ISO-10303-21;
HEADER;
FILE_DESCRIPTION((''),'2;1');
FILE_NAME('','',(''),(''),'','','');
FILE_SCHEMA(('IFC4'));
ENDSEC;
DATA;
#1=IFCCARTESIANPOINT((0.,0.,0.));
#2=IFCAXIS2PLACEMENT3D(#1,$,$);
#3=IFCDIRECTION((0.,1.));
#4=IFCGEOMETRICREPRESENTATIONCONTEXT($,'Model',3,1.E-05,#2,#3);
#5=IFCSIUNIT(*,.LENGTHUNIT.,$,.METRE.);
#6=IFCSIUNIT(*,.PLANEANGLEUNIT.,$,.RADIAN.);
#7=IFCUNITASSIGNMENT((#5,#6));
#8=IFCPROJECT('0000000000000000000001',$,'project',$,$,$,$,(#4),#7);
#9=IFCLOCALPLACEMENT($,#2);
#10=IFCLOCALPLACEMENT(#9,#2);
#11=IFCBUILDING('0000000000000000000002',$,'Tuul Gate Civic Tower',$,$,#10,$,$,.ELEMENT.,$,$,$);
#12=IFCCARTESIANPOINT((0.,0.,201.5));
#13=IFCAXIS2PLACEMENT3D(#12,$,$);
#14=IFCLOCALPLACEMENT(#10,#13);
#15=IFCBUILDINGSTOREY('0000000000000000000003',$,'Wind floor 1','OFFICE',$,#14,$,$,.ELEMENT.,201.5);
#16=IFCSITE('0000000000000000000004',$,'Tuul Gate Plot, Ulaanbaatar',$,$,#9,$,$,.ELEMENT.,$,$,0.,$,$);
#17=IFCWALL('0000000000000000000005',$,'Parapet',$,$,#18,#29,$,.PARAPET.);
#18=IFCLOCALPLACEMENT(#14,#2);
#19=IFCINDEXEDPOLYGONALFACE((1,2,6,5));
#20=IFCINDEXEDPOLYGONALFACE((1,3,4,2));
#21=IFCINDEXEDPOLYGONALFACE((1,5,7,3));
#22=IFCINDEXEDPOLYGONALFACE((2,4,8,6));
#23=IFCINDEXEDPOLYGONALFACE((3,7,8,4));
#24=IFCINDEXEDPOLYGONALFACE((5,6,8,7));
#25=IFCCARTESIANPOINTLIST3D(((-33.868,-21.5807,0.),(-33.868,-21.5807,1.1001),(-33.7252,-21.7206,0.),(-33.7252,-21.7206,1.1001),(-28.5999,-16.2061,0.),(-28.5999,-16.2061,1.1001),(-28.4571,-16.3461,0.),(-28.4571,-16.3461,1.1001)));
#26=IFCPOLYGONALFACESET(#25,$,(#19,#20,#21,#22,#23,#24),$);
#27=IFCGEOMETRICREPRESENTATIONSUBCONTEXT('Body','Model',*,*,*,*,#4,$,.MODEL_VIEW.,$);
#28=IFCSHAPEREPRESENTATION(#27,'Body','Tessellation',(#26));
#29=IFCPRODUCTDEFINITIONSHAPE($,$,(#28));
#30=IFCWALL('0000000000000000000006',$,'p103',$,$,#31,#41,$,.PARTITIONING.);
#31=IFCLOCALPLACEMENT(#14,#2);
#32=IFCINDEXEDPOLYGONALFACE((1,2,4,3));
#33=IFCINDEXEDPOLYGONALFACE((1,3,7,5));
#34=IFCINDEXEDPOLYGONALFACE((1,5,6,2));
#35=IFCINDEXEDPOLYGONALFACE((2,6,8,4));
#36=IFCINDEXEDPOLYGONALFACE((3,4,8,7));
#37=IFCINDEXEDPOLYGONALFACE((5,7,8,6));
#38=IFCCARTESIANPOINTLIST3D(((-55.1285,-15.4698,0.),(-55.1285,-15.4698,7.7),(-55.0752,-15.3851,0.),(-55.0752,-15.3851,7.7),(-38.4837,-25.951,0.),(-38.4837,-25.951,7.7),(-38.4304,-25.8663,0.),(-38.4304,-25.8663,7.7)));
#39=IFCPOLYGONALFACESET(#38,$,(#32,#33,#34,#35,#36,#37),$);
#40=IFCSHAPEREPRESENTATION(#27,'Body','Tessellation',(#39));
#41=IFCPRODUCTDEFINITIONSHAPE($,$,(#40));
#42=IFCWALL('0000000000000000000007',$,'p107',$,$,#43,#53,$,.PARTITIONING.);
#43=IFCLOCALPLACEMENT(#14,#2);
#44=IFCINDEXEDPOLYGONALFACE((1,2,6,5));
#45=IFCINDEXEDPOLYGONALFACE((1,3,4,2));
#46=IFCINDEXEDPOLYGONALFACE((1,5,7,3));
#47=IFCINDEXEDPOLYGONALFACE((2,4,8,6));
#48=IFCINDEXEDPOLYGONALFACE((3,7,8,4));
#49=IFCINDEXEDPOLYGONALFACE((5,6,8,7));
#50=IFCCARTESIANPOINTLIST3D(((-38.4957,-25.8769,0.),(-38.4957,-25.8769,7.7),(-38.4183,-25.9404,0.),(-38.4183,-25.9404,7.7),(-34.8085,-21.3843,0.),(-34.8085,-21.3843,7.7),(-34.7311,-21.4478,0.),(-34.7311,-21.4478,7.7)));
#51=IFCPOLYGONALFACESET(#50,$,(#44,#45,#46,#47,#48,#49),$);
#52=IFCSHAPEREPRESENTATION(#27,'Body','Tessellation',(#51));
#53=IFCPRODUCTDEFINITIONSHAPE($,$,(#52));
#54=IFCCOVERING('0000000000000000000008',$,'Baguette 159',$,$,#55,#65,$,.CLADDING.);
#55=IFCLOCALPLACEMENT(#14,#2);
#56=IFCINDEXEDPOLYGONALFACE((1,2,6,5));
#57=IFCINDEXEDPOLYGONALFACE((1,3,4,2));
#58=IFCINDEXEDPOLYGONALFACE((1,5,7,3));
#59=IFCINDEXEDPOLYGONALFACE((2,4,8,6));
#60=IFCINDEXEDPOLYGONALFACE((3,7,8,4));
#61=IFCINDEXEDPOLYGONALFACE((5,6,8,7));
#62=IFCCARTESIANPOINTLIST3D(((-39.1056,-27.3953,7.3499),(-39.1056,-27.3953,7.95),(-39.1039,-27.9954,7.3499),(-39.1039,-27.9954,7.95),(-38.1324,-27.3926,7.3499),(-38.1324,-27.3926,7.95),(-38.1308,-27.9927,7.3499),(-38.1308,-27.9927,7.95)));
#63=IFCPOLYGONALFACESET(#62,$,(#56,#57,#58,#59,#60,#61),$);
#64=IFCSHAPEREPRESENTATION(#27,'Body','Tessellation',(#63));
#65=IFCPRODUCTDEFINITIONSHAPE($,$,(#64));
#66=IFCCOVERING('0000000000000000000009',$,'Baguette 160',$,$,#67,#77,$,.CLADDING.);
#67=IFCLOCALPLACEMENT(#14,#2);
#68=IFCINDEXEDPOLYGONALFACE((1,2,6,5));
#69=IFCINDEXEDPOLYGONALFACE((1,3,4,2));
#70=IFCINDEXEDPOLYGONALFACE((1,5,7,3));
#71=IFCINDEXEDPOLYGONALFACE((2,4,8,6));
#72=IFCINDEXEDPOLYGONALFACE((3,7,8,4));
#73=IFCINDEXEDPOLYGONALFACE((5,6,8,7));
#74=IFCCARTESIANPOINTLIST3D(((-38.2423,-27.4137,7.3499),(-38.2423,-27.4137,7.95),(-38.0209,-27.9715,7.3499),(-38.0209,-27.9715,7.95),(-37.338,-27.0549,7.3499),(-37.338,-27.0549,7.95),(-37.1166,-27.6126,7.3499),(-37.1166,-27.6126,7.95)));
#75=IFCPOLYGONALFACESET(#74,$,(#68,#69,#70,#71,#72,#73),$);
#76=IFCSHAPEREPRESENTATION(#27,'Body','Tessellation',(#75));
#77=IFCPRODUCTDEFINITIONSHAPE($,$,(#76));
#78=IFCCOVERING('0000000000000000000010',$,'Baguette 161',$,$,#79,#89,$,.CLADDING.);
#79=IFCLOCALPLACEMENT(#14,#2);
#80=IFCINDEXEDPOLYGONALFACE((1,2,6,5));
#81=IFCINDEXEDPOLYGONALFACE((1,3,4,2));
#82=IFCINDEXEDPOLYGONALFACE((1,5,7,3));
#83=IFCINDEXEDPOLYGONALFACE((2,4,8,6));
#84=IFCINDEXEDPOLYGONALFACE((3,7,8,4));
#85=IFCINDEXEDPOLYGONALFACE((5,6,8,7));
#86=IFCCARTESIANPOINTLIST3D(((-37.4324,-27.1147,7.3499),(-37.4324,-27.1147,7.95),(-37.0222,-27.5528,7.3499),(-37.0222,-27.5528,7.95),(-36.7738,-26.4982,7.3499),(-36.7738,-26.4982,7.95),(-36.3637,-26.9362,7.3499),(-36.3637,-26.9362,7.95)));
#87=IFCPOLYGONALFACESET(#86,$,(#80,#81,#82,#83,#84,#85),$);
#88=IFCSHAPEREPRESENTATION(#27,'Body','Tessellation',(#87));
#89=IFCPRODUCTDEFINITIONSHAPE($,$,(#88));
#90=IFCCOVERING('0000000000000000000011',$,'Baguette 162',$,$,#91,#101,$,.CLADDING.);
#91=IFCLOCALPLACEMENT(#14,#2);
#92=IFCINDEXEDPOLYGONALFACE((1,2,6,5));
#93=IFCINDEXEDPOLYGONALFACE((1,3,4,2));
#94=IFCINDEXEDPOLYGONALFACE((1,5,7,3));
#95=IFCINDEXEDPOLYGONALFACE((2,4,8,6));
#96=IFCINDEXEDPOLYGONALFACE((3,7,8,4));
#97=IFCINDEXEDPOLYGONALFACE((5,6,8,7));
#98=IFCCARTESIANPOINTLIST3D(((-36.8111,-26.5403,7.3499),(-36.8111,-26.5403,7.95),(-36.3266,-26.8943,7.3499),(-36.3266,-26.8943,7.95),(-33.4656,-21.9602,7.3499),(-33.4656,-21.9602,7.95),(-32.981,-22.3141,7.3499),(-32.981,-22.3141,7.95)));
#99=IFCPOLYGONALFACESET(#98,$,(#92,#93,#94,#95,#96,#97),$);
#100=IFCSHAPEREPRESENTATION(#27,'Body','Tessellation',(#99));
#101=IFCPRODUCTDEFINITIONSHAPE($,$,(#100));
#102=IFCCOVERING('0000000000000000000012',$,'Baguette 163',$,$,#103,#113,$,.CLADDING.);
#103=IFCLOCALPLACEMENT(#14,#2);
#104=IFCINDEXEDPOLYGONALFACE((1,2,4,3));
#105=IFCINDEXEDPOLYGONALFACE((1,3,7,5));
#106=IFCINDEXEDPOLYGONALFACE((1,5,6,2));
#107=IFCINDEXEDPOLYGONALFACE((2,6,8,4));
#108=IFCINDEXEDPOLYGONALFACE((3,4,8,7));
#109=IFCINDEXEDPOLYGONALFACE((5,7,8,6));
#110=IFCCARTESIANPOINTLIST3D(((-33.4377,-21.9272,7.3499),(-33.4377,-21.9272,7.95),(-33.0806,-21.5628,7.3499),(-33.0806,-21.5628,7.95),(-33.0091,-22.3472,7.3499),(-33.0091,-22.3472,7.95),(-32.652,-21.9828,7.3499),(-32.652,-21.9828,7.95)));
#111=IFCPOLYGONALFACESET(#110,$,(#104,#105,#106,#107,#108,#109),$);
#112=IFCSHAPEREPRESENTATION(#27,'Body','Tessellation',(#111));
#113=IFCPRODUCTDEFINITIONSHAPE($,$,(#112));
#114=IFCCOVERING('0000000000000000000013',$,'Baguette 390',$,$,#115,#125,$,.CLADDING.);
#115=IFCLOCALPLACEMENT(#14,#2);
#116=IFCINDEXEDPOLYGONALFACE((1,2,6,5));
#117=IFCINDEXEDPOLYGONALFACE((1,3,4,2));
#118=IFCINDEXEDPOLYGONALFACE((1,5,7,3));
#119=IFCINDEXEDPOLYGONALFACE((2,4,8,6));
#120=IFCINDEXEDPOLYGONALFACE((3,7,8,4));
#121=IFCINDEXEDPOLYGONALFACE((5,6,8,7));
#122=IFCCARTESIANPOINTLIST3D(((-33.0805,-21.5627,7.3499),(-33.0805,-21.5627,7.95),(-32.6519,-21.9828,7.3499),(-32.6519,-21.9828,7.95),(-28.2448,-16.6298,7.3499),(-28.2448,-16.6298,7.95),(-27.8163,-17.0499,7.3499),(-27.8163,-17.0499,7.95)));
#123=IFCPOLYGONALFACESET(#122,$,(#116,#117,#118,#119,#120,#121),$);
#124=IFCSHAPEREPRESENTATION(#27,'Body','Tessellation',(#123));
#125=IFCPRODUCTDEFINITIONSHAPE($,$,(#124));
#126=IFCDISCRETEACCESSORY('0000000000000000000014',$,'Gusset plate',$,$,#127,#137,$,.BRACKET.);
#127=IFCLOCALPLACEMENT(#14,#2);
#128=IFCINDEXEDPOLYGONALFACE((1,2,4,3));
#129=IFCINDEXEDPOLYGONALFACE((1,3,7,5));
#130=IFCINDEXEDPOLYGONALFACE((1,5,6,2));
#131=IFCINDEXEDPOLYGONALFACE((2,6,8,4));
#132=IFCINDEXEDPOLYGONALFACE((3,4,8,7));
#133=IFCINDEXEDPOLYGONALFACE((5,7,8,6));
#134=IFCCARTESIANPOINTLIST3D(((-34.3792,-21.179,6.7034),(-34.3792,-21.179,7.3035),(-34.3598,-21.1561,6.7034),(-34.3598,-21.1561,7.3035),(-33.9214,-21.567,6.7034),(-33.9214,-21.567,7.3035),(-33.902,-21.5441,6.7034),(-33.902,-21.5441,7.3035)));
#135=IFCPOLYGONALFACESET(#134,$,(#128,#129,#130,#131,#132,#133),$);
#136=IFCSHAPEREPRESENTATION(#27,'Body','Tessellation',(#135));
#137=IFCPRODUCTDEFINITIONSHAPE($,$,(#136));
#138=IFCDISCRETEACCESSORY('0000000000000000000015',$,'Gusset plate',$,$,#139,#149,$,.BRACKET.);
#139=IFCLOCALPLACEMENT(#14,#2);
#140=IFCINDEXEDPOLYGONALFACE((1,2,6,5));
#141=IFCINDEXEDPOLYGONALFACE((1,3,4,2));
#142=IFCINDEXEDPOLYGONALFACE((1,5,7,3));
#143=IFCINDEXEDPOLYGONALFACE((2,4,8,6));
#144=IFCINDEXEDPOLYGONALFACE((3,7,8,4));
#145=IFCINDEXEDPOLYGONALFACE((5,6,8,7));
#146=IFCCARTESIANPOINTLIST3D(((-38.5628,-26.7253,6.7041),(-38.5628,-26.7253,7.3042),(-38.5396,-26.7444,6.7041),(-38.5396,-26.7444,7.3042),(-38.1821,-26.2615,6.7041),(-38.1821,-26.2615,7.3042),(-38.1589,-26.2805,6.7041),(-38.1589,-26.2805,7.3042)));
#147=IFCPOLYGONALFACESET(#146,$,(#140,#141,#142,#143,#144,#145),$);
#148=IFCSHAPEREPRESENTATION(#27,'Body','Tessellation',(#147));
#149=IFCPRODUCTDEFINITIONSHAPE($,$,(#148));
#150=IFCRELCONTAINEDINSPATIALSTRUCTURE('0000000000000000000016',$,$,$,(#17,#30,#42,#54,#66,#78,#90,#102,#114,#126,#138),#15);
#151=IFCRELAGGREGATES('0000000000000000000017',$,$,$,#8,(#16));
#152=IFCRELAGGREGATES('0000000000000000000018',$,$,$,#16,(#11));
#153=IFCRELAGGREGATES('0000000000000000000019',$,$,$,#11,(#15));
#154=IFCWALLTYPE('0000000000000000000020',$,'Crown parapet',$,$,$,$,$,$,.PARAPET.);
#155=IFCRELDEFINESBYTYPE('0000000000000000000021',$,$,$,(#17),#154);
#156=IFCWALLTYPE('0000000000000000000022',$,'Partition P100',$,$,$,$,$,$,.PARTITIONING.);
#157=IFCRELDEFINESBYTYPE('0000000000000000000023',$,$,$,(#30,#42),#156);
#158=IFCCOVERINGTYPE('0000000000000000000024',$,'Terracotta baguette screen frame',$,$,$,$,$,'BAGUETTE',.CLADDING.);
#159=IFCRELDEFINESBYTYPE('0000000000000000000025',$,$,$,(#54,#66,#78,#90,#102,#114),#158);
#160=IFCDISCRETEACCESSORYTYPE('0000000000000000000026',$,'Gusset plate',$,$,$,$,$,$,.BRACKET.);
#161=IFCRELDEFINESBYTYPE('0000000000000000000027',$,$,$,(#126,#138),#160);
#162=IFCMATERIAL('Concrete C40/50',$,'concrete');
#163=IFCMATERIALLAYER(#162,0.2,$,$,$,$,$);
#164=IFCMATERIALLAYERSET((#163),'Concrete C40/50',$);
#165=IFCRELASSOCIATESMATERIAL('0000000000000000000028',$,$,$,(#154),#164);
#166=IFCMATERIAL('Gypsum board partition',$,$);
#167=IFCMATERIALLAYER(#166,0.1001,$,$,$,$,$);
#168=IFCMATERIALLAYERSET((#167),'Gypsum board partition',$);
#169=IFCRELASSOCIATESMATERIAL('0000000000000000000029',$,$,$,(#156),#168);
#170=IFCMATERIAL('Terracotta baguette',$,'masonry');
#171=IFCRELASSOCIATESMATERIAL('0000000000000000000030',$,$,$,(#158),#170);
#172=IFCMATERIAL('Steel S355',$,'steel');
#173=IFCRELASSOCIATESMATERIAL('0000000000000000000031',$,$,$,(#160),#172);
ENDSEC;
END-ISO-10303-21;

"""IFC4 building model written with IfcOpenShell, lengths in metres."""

from ifc_helpers import new_model, si_unit, direction, frame, frame_2d, origin, origin_2d, place, context, subcontext, project, spatial, rectangle, extrude, material, layer, layer_set, material_profile, profile_set, type_object, element, save


model = new_model("IFC4")

# Units and contexts
model_context = context("Model", 3, precision=1e-05, world=origin(), true_north=direction((0.0, 1.0)))
body_context = subcontext(model_context, "Body", "Model", "MODEL_VIEW")
ifc_project = project(units=[si_unit("LENGTHUNIT", "METRE"), si_unit("PLANEANGLEUNIT", "RADIAN")], contexts=[model_context])

# Site, building, storey
site_placement = place(None, origin())
site = spatial("IfcSite", under=ifc_project, at=site_placement, Name="Tuul Gate Plot, Ulaanbaatar", CompositionType="ELEMENT", RefElevation=0.0)
building_placement = place(site_placement, origin())
building = spatial("IfcBuilding", under=site, at=building_placement, Name="Tuul Gate Civic Tower", CompositionType="ELEMENT")
storey_placement = place(building_placement, frame((0.0, 0.0, 201.5)))
storey = spatial("IfcBuildingStorey", under=building, at=storey_placement, Name="Wind floor 1", Description="OFFICE", CompositionType="ELEMENT", Elevation=201.5)

# Walls
ifc_material_1 = material(Name="Concrete C40/50", Category="concrete")
ifc_layer_1 = layer(ifc_material_1, 0.2)
ifc_layer_set_1 = layer_set([ifc_layer_1], Name="Concrete C40/50")
wall_type_1 = type_object("IfcWallType", Name="Crown parapet", PredefinedType="PARAPET", material=ifc_layer_set_1)
wall_1_placement = place(storey_placement, frame((-33.7966, -21.6506, 0.0), z_axis=(0.0, 0.0, 1.0), x_axis=(0.699999, 0.714143, 0.0)))
element("IfcWall", 1, at=wall_1_placement, inside=storey, type_object=wall_type_1, Name="Parapet", PredefinedType="PARAPET", context=body_context, shape_type="SweptSolid", body=[
    extrude(rectangle(XDim=7.5259, YDim=0.2, at=frame_2d((3.7629, 0.0))), origin(), (0.0, 0.0, 1.0), 1.1001),
])
ifc_material_2 = material(Name="Gypsum board partition")
ifc_layer_2 = layer(ifc_material_2, 0.1001)
ifc_layer_set_2 = layer_set([ifc_layer_2], Name="Gypsum board partition")
wall_type_2 = type_object("IfcWallType", Name="Partition P100", PredefinedType="PARTITIONING", material=ifc_layer_set_2)
wall_2_placement = place(storey_placement, frame((-38.457, -25.9087, 0.0), z_axis=(0.0, 0.0, 1.0), x_axis=(-0.846206, 0.532855, 0.0)))
element("IfcWall", 2, at=wall_2_placement, inside=storey, type_object=wall_type_2, Name="p103", PredefinedType="PARTITIONING", context=body_context, shape_type="SweptSolid", body=[
    extrude(rectangle(XDim=19.6699, YDim=0.1001, at=frame_2d((9.835, 0.0))), origin(), (0.0, 0.0, 1.0), 7.7),
])
wall_3_placement = place(storey_placement, frame((-34.7698, -21.416, 0.0), z_axis=(0.0, 0.0, 1.0), x_axis=(-0.634415, -0.772993, 0.0)))
element("IfcWall", 3, at=wall_3_placement, inside=storey, type_object=wall_type_2, Name="p107", PredefinedType="PARTITIONING", context=body_context, shape_type="SweptSolid", body=[
    extrude(rectangle(XDim=5.812, YDim=0.1001, at=frame_2d((2.906, 0.0))), origin(), (0.0, 0.0, 1.0), 7.7),
])

# Coverings
ifc_material_3 = material(Name="Terracotta baguette", Category="masonry")
ifc_material_profile_1 = material_profile(ifc_material_3, rectangle(XDim=0.6001, YDim=0.6001, at=origin_2d()), Name="Terracotta baguette screen frame")
ifc_profile_set_1 = profile_set([ifc_material_profile_1], Name="Terracotta baguette")
covering_type = type_object("IfcCoveringType", Name="Terracotta baguette screen frame", ElementType="BAGUETTE", PredefinedType="CLADDING", material=ifc_profile_set_1)
covering_1_placement = place(storey_placement, frame((-39.1047, -27.6953, 7.6499), z_axis=(0.999996, 0.00276, 0.0), x_axis=(-0.00276, 0.999996, 0.0)))
element("IfcCovering", 4, at=covering_1_placement, inside=storey, type_object=covering_type, Name="Baguette 159", PredefinedType="CLADDING", context=body_context, shape_type="SweptSolid", body=[
    extrude(rectangle(XDim=0.6001, YDim=0.6001, at=origin_2d()), origin(), (0.0, 0.0, 1.0), 0.9731),
])
covering_2_placement = place(storey_placement, frame((-38.1316, -27.6926, 7.6499), z_axis=(0.929477, 0.36888, 0.0), x_axis=(-0.36888, 0.929477, 0.0)))
element("IfcCovering", 5, at=covering_2_placement, inside=storey, type_object=covering_type, Name="Baguette 160", PredefinedType="CLADDING", context=body_context, shape_type="SweptSolid", body=[
    extrude(rectangle(XDim=0.6001, YDim=0.6001, at=origin_2d()), origin(), (0.0, 0.0, 1.0), 0.9729),
])
covering_3_placement = place(storey_placement, frame((-37.2273, -27.3337, 7.6499), z_axis=(0.730001, 0.683446, 0.0), x_axis=(-0.683446, 0.730001, 0.0)))
element("IfcCovering", 6, at=covering_3_placement, inside=storey, type_object=covering_type, Name="Baguette 161", PredefinedType="CLADDING", context=body_context, shape_type="SweptSolid", body=[
    extrude(rectangle(XDim=0.6001, YDim=0.6001, at=origin_2d()), origin(), (0.0, 0.0, 1.0), 0.9021),
])
covering_4_placement = place(storey_placement, frame((-36.5688, -26.7173, 7.6499), z_axis=(0.589842, 0.807519, 0.0), x_axis=(-0.807519, 0.589842, 0.0)))
element("IfcCovering", 7, at=covering_4_placement, inside=storey, type_object=covering_type, Name="Baguette 162", PredefinedType="CLADDING", context=body_context, shape_type="SweptSolid", body=[
    extrude(rectangle(XDim=0.6001, YDim=0.6001, at=origin_2d()), origin(), (0.0, 0.0, 1.0), 5.6719),
])
covering_5_placement = place(storey_placement, frame((-33.2234, -22.1372, 7.6499), z_axis=(0.699894, 0.714246, 0.0), x_axis=(-0.714246, 0.699894, 0.0)))
element("IfcCovering", 8, at=covering_5_placement, inside=storey, type_object=covering_type, Name="Baguette 163", PredefinedType="CLADDING", context=body_context, shape_type="SweptSolid", body=[
    extrude(rectangle(XDim=0.6001, YDim=0.6001, at=origin_2d()), origin(), (0.0, 0.0, 1.0), 0.5103),
])
covering_6_placement = place(storey_placement, frame((-32.8662, -21.7727, 7.6499), z_axis=(0.700039, 0.714105, 0.0), x_axis=(-0.714105, 0.700039, 0.0)))
element("IfcCovering", 9, at=covering_6_placement, inside=storey, type_object=covering_type, Name="Baguette 390", PredefinedType="CLADDING", context=body_context, shape_type="SweptSolid", body=[
    extrude(rectangle(XDim=0.6001, YDim=0.6001, at=origin_2d()), origin(), (0.0, 0.0, 1.0), 6.9077),
])

# Discrete accessories
ifc_material_4 = material(Name="Steel S355", Category="steel")
discrete_accessory_type = type_object("IfcDiscreteAccessoryType", Name="Gusset plate", PredefinedType="BRACKET", material=ifc_material_4)
for number, where, z_axis, x_axis, name in (
    (10, (-34.1406, -21.3616, 6.7034), (0.0, 0.0, 1.0), (-0.762825, 0.646605, 0.0), "Gusset plate"),
    (11, (-38.3608, -26.5029, 6.7041), (0.0, 0.0, 1.0), (0.6344, 0.773005, 0.0), "Gusset plate"),
):
    element("IfcDiscreteAccessory", number, at=place(storey_placement, frame(where, z_axis=z_axis, x_axis=x_axis)), inside=storey, type_object=discrete_accessory_type, Name=name, PredefinedType="BRACKET", context=body_context, shape_type="SweptSolid", body=[
        extrude(rectangle(XDim=0.6001, YDim=0.03, at=origin_2d()), origin(), (0.0, 0.0, 1.0), 0.6001),
    ])

save(model, "model.ifc")
